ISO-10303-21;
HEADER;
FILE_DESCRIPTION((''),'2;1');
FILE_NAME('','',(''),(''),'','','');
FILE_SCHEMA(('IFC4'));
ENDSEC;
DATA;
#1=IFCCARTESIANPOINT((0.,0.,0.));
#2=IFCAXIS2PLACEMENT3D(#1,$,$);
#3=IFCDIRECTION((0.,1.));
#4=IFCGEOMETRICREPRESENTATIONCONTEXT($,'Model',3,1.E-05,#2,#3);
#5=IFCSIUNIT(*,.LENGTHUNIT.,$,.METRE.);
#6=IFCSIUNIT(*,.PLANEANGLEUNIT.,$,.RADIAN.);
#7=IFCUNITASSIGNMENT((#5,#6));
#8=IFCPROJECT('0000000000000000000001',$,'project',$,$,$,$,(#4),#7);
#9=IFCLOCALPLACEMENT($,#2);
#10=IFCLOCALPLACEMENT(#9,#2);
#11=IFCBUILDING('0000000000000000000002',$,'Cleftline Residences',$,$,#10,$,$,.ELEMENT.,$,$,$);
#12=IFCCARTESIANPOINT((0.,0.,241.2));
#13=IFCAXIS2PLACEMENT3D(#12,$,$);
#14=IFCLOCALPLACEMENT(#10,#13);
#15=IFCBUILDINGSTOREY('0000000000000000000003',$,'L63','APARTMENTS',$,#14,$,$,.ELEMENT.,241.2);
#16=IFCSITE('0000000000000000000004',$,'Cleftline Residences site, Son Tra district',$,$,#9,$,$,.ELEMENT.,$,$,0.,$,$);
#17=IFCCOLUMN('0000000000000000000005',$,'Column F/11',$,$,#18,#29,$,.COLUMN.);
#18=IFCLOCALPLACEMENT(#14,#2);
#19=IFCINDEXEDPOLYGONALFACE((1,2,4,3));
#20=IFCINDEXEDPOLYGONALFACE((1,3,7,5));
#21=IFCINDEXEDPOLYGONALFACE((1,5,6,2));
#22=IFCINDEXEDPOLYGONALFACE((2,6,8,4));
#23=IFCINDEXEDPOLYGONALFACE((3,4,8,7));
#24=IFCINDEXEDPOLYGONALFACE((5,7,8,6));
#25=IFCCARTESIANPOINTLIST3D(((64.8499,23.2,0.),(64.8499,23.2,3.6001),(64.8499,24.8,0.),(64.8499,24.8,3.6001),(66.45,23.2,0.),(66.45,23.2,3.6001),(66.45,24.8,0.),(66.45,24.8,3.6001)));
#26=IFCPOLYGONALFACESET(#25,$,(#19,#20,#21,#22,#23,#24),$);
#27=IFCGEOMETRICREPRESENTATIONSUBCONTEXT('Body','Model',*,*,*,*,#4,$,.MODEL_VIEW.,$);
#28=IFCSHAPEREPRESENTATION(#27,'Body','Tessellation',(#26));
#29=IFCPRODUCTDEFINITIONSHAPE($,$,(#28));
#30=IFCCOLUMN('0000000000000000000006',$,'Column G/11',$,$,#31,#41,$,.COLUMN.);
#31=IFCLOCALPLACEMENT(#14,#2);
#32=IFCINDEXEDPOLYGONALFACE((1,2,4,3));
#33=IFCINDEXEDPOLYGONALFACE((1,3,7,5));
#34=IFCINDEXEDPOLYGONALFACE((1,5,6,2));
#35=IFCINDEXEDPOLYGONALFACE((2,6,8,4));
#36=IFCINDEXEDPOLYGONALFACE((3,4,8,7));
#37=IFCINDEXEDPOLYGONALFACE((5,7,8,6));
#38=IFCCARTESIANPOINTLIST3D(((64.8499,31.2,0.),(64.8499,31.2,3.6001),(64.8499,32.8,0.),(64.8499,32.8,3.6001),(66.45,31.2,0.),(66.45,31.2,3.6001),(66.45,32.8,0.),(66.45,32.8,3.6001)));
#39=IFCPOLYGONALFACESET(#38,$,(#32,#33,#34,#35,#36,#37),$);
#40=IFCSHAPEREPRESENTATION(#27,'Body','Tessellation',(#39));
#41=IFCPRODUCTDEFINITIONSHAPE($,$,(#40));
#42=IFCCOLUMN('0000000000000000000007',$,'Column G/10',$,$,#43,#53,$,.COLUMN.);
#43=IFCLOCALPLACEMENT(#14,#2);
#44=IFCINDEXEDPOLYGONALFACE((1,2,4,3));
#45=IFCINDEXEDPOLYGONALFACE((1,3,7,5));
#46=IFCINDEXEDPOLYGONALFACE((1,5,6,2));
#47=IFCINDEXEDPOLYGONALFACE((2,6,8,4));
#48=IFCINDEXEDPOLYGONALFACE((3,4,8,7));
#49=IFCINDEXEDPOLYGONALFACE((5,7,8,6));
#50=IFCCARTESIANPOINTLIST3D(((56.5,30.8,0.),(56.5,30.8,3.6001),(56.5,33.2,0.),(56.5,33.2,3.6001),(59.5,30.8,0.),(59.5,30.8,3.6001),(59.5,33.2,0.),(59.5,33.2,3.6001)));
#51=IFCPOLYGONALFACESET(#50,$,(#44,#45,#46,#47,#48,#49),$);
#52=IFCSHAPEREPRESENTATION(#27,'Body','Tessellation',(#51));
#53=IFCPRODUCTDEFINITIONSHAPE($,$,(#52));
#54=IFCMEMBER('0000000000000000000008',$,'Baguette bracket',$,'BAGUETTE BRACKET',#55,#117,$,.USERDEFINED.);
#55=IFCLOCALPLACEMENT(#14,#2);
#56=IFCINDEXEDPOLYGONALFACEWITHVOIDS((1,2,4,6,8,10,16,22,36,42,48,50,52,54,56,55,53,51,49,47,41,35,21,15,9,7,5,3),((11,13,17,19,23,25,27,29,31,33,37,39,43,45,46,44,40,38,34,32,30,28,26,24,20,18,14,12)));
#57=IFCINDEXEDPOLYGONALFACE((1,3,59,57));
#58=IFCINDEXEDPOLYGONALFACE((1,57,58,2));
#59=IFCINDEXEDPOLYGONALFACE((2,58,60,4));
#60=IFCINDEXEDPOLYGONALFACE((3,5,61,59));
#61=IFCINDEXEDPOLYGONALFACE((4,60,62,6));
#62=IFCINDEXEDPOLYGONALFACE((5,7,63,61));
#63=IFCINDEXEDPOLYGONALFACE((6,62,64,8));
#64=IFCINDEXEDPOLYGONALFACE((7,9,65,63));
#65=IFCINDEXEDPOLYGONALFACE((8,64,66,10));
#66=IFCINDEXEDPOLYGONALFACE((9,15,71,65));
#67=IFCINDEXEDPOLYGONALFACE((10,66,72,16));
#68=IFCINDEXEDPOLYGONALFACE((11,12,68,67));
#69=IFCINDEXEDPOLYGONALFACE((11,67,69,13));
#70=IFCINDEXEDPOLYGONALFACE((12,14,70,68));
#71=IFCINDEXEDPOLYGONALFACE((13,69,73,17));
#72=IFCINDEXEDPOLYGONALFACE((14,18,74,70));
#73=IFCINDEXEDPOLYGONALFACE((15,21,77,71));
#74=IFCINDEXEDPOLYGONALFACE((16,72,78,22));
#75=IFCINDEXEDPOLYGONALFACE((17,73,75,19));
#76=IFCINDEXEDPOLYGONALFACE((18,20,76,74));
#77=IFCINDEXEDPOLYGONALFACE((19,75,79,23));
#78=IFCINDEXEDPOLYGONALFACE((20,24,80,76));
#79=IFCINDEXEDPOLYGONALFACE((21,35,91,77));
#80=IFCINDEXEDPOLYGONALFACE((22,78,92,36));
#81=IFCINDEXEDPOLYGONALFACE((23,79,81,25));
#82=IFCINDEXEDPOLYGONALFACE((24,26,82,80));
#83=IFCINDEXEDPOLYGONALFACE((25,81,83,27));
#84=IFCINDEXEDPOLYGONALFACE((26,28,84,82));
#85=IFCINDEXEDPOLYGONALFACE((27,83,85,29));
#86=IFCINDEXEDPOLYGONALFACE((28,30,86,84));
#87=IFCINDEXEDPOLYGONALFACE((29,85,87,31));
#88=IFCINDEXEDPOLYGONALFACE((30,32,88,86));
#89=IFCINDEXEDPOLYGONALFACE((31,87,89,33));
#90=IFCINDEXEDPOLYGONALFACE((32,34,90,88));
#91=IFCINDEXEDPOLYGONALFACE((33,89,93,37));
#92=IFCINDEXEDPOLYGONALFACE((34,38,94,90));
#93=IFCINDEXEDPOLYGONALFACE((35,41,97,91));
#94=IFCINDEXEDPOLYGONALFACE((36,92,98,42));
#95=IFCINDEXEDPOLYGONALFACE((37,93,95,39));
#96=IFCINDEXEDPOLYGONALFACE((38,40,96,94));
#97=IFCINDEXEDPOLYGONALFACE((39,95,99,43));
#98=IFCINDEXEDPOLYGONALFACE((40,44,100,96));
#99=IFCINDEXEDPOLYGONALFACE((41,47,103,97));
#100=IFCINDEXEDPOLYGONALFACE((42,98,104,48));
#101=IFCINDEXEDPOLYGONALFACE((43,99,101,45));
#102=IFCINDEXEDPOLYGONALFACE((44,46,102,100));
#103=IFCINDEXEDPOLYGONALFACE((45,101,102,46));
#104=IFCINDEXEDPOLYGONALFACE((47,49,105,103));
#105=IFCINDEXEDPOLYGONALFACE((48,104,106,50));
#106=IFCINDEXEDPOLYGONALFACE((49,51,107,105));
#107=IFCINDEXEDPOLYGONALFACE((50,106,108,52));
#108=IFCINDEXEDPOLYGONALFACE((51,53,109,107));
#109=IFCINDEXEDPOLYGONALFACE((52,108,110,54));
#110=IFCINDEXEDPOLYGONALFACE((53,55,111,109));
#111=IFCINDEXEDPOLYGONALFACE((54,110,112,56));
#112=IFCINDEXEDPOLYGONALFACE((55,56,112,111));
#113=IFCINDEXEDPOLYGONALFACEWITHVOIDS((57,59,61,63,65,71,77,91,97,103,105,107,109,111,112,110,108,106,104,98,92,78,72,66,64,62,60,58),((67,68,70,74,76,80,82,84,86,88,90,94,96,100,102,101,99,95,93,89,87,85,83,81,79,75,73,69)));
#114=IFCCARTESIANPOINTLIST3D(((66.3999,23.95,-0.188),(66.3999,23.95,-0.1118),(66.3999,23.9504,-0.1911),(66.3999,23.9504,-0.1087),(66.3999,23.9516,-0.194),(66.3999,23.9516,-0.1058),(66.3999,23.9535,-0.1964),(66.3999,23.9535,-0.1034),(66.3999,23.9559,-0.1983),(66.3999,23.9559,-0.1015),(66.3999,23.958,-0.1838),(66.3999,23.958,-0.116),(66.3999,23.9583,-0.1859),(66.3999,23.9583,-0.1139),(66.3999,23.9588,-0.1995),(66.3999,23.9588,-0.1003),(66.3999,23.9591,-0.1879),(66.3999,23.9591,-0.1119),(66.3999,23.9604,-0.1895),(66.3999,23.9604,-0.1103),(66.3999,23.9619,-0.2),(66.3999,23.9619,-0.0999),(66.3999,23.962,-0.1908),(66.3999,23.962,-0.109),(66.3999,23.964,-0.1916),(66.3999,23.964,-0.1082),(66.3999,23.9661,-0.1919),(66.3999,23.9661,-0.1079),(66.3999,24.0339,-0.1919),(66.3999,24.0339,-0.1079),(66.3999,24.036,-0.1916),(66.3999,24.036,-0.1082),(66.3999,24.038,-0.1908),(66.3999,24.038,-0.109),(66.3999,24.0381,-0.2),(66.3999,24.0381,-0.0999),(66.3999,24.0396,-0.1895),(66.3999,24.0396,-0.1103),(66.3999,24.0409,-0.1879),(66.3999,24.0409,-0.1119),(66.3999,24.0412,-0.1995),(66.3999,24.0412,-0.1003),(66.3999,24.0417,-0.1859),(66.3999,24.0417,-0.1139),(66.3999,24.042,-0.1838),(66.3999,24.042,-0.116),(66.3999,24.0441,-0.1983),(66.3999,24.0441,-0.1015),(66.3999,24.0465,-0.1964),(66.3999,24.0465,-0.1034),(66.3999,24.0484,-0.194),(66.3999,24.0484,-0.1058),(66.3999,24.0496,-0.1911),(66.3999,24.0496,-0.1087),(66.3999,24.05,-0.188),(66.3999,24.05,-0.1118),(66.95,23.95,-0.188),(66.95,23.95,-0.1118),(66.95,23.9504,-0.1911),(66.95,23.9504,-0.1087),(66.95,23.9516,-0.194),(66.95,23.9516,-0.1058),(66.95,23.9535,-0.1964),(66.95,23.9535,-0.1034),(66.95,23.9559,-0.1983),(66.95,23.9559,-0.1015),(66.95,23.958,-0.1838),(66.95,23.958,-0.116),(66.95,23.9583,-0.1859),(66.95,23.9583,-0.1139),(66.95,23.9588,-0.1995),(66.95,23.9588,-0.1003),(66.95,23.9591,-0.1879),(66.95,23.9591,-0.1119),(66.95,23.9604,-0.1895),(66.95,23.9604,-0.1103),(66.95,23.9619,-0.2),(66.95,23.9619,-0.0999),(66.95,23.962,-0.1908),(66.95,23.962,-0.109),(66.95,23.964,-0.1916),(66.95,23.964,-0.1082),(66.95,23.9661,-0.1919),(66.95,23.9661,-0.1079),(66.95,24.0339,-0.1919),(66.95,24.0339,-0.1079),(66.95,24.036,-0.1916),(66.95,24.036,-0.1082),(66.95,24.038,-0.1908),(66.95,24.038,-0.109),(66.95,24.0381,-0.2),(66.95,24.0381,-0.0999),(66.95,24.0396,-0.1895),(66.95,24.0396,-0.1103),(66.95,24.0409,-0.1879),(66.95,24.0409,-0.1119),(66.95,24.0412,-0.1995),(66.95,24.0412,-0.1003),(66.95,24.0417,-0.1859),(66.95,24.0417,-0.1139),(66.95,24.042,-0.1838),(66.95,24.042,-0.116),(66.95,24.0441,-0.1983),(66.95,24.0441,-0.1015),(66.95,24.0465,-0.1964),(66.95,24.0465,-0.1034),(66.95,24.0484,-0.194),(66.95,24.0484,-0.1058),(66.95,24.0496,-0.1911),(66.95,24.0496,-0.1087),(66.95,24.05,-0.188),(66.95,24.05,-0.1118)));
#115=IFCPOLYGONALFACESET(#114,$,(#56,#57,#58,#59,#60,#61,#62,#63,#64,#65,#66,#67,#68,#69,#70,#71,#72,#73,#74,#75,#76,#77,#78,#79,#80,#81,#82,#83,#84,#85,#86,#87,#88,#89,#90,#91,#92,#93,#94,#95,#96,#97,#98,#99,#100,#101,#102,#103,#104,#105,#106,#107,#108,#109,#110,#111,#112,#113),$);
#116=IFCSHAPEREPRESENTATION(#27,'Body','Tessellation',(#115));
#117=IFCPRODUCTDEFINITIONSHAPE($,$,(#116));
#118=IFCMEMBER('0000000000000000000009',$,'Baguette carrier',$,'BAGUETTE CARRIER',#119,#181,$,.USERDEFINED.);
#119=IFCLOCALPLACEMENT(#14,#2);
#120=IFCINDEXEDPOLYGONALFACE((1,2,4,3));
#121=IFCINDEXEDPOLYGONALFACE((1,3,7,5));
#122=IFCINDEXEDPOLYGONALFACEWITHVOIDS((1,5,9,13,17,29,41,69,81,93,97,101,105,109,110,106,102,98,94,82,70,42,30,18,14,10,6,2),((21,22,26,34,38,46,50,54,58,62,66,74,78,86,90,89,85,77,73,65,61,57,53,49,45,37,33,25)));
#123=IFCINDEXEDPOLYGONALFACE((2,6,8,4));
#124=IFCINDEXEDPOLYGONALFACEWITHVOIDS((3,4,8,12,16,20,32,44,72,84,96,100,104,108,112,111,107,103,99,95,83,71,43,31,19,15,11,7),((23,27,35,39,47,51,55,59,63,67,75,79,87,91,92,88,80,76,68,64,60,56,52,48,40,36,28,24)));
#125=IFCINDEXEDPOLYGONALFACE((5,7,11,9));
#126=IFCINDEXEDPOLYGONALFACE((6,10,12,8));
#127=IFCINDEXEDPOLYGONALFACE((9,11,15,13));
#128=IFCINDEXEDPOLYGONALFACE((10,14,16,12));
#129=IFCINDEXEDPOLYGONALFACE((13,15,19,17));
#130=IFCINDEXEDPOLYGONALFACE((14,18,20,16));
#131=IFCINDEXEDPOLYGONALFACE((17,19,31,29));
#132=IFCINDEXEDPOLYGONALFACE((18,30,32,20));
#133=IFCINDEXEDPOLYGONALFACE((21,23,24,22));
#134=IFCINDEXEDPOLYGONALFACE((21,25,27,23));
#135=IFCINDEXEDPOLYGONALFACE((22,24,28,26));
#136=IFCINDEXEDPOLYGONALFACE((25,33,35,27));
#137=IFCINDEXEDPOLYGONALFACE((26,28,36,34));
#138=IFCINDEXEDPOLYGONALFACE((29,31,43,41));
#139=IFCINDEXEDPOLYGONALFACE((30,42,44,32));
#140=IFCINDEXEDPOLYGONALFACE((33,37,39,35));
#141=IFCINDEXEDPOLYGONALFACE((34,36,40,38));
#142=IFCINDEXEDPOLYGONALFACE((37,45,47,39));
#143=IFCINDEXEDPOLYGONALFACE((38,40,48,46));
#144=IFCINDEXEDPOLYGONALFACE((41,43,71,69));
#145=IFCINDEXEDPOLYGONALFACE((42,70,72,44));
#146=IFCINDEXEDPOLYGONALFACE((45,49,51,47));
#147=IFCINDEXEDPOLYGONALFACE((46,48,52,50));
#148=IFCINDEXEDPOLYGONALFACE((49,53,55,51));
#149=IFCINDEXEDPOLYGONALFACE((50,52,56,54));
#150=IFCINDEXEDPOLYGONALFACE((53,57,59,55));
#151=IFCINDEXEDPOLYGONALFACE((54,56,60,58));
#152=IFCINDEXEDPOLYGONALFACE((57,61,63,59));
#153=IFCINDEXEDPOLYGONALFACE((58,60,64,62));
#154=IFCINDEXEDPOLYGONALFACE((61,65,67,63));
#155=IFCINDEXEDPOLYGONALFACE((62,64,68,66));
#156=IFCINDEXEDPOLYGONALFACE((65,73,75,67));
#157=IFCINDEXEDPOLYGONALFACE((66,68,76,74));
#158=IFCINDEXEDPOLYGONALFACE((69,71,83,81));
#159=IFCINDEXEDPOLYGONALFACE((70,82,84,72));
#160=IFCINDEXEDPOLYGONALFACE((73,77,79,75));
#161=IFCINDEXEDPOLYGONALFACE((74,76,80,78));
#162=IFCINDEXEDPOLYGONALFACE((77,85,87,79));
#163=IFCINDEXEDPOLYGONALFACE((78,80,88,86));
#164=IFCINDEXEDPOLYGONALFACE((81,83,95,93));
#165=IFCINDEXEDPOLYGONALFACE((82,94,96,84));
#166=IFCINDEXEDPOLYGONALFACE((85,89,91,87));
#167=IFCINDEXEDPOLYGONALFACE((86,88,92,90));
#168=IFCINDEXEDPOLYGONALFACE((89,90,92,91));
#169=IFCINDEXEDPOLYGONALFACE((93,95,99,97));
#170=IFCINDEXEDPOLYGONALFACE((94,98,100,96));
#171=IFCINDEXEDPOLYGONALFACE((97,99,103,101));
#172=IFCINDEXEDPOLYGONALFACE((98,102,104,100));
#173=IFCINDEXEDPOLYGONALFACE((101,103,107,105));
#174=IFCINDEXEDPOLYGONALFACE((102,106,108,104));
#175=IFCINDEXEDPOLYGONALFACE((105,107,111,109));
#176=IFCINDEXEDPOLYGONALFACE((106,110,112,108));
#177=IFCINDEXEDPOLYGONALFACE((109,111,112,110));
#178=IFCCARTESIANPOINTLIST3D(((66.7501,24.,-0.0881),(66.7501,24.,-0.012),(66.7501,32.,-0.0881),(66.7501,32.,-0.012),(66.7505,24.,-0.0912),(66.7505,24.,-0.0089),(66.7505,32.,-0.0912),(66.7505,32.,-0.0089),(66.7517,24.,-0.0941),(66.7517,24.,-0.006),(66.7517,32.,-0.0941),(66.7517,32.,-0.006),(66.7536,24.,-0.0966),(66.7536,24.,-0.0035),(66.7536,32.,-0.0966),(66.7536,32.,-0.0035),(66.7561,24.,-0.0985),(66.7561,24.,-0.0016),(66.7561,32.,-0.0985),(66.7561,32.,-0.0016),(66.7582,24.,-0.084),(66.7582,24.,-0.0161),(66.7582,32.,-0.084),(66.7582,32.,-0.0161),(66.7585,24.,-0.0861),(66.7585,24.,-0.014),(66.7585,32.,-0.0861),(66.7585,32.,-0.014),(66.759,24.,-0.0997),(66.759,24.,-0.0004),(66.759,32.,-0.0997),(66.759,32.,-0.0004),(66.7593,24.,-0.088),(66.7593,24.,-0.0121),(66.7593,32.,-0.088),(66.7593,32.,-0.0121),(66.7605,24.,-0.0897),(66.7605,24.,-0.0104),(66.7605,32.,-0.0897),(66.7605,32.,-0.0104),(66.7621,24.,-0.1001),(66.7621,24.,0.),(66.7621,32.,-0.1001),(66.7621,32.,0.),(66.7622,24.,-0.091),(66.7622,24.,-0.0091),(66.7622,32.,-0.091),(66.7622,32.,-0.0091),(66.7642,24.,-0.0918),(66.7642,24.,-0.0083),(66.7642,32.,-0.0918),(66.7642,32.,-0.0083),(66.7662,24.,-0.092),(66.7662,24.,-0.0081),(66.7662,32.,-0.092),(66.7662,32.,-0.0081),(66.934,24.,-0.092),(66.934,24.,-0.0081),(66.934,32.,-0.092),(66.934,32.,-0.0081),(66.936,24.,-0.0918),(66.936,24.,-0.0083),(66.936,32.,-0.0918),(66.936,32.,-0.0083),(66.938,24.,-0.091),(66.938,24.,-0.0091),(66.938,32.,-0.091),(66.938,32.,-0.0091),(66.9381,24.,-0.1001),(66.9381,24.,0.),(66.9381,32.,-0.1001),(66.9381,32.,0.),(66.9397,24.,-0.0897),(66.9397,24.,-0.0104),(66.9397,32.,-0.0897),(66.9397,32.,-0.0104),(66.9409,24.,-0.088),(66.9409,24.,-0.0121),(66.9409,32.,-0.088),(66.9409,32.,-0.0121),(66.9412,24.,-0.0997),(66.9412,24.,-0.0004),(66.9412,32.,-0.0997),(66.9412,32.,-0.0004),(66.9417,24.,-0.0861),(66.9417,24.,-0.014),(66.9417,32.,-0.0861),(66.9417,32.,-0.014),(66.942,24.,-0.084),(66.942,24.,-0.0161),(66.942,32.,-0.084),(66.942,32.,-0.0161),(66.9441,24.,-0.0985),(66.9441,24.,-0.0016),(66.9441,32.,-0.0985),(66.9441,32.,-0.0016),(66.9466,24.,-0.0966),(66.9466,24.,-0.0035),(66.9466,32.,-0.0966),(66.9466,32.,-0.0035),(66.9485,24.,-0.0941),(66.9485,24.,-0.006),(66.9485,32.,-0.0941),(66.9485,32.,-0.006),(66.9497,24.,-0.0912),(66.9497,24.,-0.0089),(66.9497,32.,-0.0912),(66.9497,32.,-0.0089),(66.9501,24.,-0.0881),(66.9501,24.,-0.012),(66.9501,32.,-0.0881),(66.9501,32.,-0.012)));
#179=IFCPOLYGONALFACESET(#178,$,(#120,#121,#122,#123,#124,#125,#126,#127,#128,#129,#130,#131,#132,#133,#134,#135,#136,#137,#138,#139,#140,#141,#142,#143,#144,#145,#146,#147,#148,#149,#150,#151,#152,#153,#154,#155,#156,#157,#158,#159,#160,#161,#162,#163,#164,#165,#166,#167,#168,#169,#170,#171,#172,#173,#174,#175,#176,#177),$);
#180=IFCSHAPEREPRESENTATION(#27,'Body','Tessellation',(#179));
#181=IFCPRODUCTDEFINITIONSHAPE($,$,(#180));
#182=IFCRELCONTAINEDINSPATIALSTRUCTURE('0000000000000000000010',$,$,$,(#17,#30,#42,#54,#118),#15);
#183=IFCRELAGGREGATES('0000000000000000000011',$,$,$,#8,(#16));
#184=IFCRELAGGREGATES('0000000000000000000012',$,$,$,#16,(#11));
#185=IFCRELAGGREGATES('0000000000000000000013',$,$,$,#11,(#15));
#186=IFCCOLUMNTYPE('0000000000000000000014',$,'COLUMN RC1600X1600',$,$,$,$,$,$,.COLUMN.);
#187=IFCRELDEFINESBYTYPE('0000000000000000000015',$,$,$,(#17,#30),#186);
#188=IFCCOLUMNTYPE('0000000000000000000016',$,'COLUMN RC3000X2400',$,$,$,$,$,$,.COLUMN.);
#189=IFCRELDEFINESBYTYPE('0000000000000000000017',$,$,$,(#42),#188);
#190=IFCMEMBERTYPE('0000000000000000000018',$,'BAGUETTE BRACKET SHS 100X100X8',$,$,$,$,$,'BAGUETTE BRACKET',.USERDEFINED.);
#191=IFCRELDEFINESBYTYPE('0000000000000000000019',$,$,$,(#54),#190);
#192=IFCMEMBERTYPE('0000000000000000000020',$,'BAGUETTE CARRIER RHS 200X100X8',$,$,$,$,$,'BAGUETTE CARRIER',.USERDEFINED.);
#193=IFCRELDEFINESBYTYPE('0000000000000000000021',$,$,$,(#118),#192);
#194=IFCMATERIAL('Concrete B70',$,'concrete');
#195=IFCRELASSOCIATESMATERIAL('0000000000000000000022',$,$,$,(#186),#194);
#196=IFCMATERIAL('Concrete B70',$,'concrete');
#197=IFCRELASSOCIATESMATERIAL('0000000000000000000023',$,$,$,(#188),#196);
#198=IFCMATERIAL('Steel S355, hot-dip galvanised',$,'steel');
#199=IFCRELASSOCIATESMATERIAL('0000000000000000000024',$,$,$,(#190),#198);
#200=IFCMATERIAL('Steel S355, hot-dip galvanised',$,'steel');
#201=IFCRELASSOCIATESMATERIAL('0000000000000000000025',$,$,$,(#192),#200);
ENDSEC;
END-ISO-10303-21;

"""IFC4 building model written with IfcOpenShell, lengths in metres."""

from ifc_helpers import new_model, si_unit, direction, frame, origin, origin_2d, place, context, subcontext, project, spatial, rectangle, hollow_rectangle, extrude, material, material_profile, profile_set, type_object, element, save


model = new_model("IFC4")

# Units and contexts
model_context = context("Model", 3, precision=1e-05, world=origin(), true_north=direction((0.0, 1.0)))
body_context = subcontext(model_context, "Body", "Model", "MODEL_VIEW")
ifc_project = project(units=[si_unit("LENGTHUNIT", "METRE"), si_unit("PLANEANGLEUNIT", "RADIAN")], contexts=[model_context])

# Site, building, storey
site_placement = place(None, origin())
site = spatial("IfcSite", under=ifc_project, at=site_placement, Name="Cleftline Residences site, Son Tra district", CompositionType="ELEMENT", RefElevation=0.0)
building_placement = place(site_placement, origin())
building = spatial("IfcBuilding", under=site, at=building_placement, Name="Cleftline Residences", CompositionType="ELEMENT")
storey_placement = place(building_placement, frame((0.0, 0.0, 241.2)))
storey = spatial("IfcBuildingStorey", under=building, at=storey_placement, Name="L63", Description="APARTMENTS", CompositionType="ELEMENT", Elevation=241.2)

# Columns
ifc_material_1 = material(Name="Concrete B70", Category="concrete")
ifc_material_profile_1 = material_profile(ifc_material_1, rectangle(XDim=1.6001, YDim=1.6001, at=origin_2d()))
ifc_profile_set_1 = profile_set([ifc_material_profile_1], Name="Concrete B70")
column_type_1 = type_object("IfcColumnType", Name="COLUMN RC1600X1600", PredefinedType="COLUMN", material=ifc_profile_set_1)
for number, where, z_axis, x_axis, name in (
    (1, (65.6499, 24.0, 0.0), (0.0, 0.0, 1.0), (1.0, 0.0, 0.0), "Column F/11"),
    (2, (65.6499, 32.0, 0.0), (0.0, 0.0, 1.0), (1.0, 0.0, 0.0), "Column G/11"),
):
    element("IfcColumn", number, at=place(storey_placement, frame(where, z_axis=z_axis, x_axis=x_axis)), inside=storey, type_object=column_type_1, Name=name, PredefinedType="COLUMN", context=body_context, shape_type="SweptSolid", body=[
        extrude(rectangle(XDim=1.6001, YDim=1.6001, at=origin_2d()), origin(), (0.0, 0.0, 1.0), 3.6001),
    ])
ifc_material_2 = material(Name="Concrete B70", Category="concrete")
ifc_material_profile_2 = material_profile(ifc_material_2, rectangle(XDim=3.0, YDim=2.3999, at=origin_2d()))
ifc_profile_set_2 = profile_set([ifc_material_profile_2], Name="Concrete B70")
column_type_2 = type_object("IfcColumnType", Name="COLUMN RC3000X2400", PredefinedType="COLUMN", material=ifc_profile_set_2)
column_placement = place(storey_placement, frame((58.0, 32.0, 0.0), z_axis=(0.0, 0.0, 1.0), x_axis=(1.0, 0.0, 0.0)))
element("IfcColumn", 3, at=column_placement, inside=storey, type_object=column_type_2, Name="Column G/10", PredefinedType="COLUMN", context=body_context, shape_type="SweptSolid", body=[
    extrude(rectangle(XDim=3.0, YDim=2.3999, at=origin_2d()), origin(), (0.0, 0.0, 1.0), 3.6001),
])

# Members
ifc_material_3 = material(Name="Steel S355, hot-dip galvanised", Category="steel")
ifc_material_profile_3 = material_profile(ifc_material_3, hollow_rectangle(XDim=0.1001, YDim=0.1001, WallThickness=0.0081, InnerFilletRadius=0.0081, OuterFilletRadius=0.012, at=origin_2d()))
ifc_profile_set_3 = profile_set([ifc_material_profile_3], Name="Steel S355, hot-dip galvanised")
member_type_1 = type_object("IfcMemberType", Name="BAGUETTE BRACKET SHS 100X100X8", ElementType="BAGUETTE BRACKET", PredefinedType="USERDEFINED", material=ifc_profile_set_3)
member_1_placement = place(storey_placement, frame((66.3999, 24.0, -0.1499), z_axis=(1.0, 0.0, 0.0), x_axis=(0.0, 1.0, 0.0)))
element("IfcMember", 4, at=member_1_placement, inside=storey, type_object=member_type_1, Name="Baguette bracket", ObjectType="BAGUETTE BRACKET", PredefinedType="USERDEFINED", context=body_context, shape_type="SweptSolid", body=[
    extrude(hollow_rectangle(XDim=0.1001, YDim=0.1001, WallThickness=0.0081, InnerFilletRadius=0.0081, OuterFilletRadius=0.012, at=origin_2d()), origin(), (0.0, 0.0, 1.0), 0.55),
])
ifc_material_4 = material(Name="Steel S355, hot-dip galvanised", Category="steel")
ifc_material_profile_4 = material_profile(ifc_material_4, hollow_rectangle(XDim=0.1001, YDim=0.2, WallThickness=0.0081, InnerFilletRadius=0.0081, OuterFilletRadius=0.012, at=origin_2d()))
ifc_profile_set_4 = profile_set([ifc_material_profile_4], Name="Steel S355, hot-dip galvanised")
member_type_2 = type_object("IfcMemberType", Name="BAGUETTE CARRIER RHS 200X100X8", ElementType="BAGUETTE CARRIER", PredefinedType="USERDEFINED", material=ifc_profile_set_4)
member_2_placement = place(storey_placement, frame((66.8501, 24.0, -0.05), z_axis=(0.0, 1.0, 0.0), x_axis=(0.0, 0.0, 1.0)))
element("IfcMember", 5, at=member_2_placement, inside=storey, type_object=member_type_2, Name="Baguette carrier", ObjectType="BAGUETTE CARRIER", PredefinedType="USERDEFINED", context=body_context, shape_type="SweptSolid", body=[
    extrude(hollow_rectangle(XDim=0.1001, YDim=0.2, WallThickness=0.0081, InnerFilletRadius=0.0081, OuterFilletRadius=0.012, at=origin_2d()), origin(), (0.0, 0.0, 1.0), 8.0),
])

save(model, "model.ifc")
